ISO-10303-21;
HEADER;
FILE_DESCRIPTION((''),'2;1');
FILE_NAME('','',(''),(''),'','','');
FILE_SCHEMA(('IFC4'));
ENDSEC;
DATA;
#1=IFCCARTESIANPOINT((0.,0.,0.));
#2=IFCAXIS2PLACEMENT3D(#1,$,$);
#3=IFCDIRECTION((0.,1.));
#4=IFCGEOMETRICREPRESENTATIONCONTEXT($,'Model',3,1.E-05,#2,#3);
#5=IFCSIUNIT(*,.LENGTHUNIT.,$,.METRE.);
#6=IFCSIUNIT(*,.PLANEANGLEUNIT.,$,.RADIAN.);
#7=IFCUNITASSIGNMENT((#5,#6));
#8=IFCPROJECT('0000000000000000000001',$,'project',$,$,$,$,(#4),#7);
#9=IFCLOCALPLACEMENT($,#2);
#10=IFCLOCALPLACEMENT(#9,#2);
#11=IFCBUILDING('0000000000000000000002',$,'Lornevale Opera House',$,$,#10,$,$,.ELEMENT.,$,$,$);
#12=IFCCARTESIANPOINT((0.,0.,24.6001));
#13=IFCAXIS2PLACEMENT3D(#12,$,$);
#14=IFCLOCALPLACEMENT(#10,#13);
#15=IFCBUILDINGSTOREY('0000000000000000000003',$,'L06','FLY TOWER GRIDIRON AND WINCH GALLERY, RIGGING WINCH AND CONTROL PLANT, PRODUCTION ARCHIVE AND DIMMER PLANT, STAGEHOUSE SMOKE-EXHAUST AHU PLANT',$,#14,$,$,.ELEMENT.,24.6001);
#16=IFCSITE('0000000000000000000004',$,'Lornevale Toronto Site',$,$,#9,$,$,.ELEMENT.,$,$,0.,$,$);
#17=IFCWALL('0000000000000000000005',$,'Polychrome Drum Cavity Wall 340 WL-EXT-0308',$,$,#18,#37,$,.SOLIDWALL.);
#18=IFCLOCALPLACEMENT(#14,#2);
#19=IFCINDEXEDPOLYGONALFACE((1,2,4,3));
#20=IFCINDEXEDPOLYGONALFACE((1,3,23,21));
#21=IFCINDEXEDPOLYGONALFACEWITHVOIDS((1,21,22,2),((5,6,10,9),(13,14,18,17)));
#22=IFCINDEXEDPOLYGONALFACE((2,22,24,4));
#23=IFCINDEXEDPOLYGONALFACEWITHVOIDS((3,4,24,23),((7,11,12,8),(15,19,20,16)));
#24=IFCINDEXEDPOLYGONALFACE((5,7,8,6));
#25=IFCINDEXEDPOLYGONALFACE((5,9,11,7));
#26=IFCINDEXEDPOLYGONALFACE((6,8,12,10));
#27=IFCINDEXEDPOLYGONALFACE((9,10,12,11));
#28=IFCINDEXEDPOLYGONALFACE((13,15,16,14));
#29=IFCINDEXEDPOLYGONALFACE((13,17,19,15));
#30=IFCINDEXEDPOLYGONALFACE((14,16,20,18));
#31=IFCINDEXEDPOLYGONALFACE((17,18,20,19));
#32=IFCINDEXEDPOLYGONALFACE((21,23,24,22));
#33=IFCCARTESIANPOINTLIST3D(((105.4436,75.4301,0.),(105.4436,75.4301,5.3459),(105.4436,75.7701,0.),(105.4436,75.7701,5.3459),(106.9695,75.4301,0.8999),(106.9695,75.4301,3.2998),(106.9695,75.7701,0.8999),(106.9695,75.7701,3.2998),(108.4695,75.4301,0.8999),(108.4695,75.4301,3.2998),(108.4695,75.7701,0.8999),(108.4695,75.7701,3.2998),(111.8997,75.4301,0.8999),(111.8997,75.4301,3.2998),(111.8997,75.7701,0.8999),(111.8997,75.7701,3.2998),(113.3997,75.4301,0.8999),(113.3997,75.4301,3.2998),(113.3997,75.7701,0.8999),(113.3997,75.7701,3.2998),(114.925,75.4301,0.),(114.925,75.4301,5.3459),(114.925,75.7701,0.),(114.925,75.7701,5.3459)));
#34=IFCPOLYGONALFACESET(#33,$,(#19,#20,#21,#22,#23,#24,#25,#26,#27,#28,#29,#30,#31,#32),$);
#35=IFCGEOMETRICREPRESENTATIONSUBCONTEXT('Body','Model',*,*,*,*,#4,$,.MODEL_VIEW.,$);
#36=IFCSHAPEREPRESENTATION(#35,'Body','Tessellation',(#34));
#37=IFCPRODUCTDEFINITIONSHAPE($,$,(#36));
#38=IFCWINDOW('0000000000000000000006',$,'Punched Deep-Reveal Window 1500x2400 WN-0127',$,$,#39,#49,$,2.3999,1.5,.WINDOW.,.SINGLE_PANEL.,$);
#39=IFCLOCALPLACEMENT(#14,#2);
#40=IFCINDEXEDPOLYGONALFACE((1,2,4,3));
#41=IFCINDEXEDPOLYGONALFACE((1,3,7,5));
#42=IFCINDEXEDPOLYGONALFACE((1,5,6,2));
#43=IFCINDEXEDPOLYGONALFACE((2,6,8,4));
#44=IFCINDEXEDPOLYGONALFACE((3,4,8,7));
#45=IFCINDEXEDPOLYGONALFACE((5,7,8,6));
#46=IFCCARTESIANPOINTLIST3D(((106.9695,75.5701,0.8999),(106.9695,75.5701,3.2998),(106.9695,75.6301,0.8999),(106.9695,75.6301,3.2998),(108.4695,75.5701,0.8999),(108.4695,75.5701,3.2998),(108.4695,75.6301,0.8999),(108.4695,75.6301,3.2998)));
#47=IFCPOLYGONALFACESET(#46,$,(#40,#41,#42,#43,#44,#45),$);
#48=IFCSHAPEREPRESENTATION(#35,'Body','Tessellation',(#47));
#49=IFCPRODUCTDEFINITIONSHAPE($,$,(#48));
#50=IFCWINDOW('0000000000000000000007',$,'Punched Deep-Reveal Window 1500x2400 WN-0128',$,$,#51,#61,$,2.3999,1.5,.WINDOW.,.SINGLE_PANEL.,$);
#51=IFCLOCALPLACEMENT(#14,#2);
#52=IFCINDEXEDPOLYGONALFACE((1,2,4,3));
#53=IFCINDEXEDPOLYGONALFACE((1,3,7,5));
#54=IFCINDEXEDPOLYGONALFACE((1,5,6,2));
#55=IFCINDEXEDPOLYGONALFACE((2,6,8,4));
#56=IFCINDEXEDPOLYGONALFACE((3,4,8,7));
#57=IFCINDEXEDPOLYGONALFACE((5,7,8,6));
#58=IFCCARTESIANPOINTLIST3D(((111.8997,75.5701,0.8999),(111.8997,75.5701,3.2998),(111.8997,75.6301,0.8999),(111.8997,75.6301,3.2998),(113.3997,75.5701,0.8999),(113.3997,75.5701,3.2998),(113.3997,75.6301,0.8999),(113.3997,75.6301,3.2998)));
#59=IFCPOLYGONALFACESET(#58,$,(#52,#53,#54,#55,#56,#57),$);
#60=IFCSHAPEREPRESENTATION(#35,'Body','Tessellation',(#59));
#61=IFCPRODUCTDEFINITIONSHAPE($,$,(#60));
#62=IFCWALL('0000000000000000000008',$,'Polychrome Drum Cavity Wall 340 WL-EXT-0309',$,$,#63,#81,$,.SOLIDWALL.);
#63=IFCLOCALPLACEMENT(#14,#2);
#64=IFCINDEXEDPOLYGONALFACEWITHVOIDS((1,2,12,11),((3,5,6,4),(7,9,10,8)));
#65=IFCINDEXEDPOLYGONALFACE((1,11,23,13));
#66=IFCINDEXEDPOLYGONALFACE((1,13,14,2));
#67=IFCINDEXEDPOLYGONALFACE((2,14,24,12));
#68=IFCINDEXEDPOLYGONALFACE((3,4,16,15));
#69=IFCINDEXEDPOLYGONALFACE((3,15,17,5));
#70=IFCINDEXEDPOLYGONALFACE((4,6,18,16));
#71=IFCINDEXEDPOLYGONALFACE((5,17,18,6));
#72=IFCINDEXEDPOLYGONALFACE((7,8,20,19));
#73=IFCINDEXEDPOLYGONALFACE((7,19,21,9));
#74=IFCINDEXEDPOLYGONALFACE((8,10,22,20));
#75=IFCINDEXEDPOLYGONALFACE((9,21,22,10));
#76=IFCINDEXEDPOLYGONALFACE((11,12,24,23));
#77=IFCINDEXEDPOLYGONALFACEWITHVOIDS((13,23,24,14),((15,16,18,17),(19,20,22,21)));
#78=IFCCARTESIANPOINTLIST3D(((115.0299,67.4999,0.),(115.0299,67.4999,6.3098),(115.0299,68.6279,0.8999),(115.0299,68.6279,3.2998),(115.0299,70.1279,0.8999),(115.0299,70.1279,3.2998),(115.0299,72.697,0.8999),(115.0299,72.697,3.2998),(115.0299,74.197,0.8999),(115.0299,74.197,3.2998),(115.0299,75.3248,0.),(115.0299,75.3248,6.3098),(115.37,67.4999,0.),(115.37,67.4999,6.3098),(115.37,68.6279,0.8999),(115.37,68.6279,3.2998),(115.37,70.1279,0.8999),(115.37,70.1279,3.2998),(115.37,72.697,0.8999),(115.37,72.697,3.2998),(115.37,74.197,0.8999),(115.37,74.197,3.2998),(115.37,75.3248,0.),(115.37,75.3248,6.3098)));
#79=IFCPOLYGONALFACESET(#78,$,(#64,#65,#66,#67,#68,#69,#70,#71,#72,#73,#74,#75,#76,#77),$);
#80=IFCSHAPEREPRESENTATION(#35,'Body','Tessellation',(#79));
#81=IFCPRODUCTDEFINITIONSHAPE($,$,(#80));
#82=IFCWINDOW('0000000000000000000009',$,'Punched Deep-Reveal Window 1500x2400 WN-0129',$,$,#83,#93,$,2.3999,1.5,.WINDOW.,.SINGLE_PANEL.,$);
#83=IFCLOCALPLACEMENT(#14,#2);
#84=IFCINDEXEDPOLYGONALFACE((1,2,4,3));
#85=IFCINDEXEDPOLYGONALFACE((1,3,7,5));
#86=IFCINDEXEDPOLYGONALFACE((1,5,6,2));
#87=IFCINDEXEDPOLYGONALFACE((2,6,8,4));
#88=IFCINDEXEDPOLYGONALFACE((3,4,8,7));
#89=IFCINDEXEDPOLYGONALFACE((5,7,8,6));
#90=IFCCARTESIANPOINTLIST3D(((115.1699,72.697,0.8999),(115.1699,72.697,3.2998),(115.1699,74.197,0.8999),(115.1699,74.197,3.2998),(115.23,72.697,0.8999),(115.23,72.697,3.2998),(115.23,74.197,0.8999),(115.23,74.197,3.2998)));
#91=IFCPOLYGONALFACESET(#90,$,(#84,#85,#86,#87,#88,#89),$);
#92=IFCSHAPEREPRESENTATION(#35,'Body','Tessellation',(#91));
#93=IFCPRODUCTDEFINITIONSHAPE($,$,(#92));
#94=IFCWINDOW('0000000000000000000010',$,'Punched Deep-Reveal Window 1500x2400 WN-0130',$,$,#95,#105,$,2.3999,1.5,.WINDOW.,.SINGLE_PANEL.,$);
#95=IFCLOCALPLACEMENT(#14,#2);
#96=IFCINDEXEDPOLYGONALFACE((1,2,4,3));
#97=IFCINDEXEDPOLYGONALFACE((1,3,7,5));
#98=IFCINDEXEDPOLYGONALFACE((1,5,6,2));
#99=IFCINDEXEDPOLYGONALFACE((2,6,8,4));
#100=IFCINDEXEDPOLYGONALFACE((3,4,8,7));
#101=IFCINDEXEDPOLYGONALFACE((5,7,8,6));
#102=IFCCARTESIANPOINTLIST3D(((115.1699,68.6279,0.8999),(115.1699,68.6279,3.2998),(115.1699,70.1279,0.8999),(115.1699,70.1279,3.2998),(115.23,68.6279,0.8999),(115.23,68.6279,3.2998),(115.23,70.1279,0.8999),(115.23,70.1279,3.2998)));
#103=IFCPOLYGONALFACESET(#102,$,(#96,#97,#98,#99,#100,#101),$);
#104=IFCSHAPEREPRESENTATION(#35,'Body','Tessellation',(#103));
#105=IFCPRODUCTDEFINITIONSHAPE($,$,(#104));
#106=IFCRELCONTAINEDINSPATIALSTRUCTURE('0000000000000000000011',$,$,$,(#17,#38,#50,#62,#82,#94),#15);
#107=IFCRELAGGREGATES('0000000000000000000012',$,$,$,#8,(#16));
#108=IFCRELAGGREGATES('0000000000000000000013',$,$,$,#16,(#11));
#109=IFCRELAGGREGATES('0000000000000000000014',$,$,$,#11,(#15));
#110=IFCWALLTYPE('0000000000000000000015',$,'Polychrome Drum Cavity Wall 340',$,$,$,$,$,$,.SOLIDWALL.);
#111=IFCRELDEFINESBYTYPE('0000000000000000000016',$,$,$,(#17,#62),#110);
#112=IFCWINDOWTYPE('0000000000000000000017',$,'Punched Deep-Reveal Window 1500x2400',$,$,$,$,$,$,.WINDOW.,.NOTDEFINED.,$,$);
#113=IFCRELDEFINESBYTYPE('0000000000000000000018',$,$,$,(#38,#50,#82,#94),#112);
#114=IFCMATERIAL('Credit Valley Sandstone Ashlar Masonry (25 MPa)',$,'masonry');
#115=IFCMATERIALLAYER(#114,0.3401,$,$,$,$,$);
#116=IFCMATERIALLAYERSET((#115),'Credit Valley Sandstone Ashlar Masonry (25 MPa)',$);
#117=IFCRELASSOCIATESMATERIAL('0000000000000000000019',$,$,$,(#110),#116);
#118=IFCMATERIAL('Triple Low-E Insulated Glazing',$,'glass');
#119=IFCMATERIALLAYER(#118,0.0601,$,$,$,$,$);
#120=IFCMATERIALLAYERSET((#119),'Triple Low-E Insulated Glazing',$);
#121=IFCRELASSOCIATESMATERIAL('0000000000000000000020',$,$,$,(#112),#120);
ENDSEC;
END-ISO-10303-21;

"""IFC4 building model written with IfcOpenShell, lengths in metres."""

from ifc_helpers import new_model, si_unit, direction, frame, frame_2d, origin, place, context, subcontext, project, spatial, rectangle, extrude, material, layer, layer_set, type_object, element, fill, save


model = new_model("IFC4")

# Units and contexts
model_context = context("Model", 3, precision=1e-05, world=origin(), true_north=direction((0.0, 1.0)))
body_context = subcontext(model_context, "Body", "Model", "MODEL_VIEW")
ifc_project = project(units=[si_unit("LENGTHUNIT", "METRE"), si_unit("PLANEANGLEUNIT", "RADIAN")], contexts=[model_context])

# Site, building, storey
site_placement = place(None, origin())
site = spatial("IfcSite", under=ifc_project, at=site_placement, Name="Lornevale Toronto Site", CompositionType="ELEMENT", RefElevation=0.0)
building_placement = place(site_placement, origin())
building = spatial("IfcBuilding", under=site, at=building_placement, Name="Lornevale Opera House", CompositionType="ELEMENT")
storey_placement = place(building_placement, frame((0.0, 0.0, 24.6001)))
storey = spatial("IfcBuildingStorey", under=building, at=storey_placement, Name="L06", Description="FLY TOWER GRIDIRON AND WINCH GALLERY, RIGGING WINCH AND CONTROL PLANT, PRODUCTION ARCHIVE AND DIMMER PLANT, STAGEHOUSE SMOKE-EXHAUST AHU PLANT", CompositionType="ELEMENT", Elevation=24.6001)

# Shared definitions
ifc_material_1 = material(Name="Credit Valley Sandstone Ashlar Masonry (25 MPa)", Category="masonry")
ifc_layer_1 = layer(ifc_material_1, 0.3401)
ifc_layer_set_1 = layer_set([ifc_layer_1], Name="Credit Valley Sandstone Ashlar Masonry (25 MPa)")
wall_type_1 = type_object("IfcWallType", Name="Polychrome Drum Cavity Wall 340", PredefinedType="SOLIDWALL", material=ifc_layer_set_1)
ifc_material_2 = material(Name="Triple Low-E Insulated Glazing", Category="glass")

# Walls, openings, windows
wall_1_placement = place(storey_placement, frame((105.4436, 75.6001, 0.0), z_axis=(0.0, 0.0, 1.0), x_axis=(1.0, 0.0, 0.0)))
wall_1 = element("IfcWall", 1, at=wall_1_placement, inside=storey, type_object=wall_type_1, Name="Polychrome Drum Cavity Wall 340 WL-EXT-0308", PredefinedType="SOLIDWALL", context=body_context, shape_type="SweptSolid", body=[
    extrude(rectangle(XDim=9.4814, YDim=0.3401, at=frame_2d((4.7407, 0.0))), origin(), (0.0, 0.0, 1.0), 5.3459),
])
opening_1_placement = place(wall_1_placement, frame((1.5259, 0.0, 0.8999)))
opening_1 = element("IfcOpeningElement", 2, at=opening_1_placement, cuts=wall_1, PredefinedType="OPENING", context=body_context, shape_type="SweptSolid", body=[
    extrude(rectangle(XDim=1.5, YDim=2.3999, at=frame_2d((0.75, 1.2))), frame((0.0, 0.1799, 0.0), z_axis=(0.0, -1.0, 0.0), x_axis=(1.0, 0.0, 0.0)), (0.0, 0.0, 1.0), 0.3601),
])
opening_2_placement = place(wall_1_placement, frame((6.4561, 0.0, 0.8999)))
opening_2 = element("IfcOpeningElement", 3, at=opening_2_placement, cuts=wall_1, PredefinedType="OPENING", context=body_context, shape_type="SweptSolid", body=[
    extrude(rectangle(XDim=1.5, YDim=2.3999, at=frame_2d((0.75, 1.2))), frame((0.0, 0.1799, 0.0), z_axis=(0.0, -1.0, 0.0), x_axis=(1.0, 0.0, 0.0)), (0.0, 0.0, 1.0), 0.3601),
])
ifc_layer_2 = layer(ifc_material_2, 0.0601)
ifc_layer_set_2 = layer_set([ifc_layer_2], Name="Triple Low-E Insulated Glazing")
window_type_1 = type_object("IfcWindowType", Name="Punched Deep-Reveal Window 1500x2400", PartitioningType="NOTDEFINED", PredefinedType="WINDOW", material=ifc_layer_set_2)
window_1_placement = place(opening_1_placement, origin())
window_1 = element("IfcWindow", 4, at=window_1_placement, inside=storey, type_object=window_type_1, Name="Punched Deep-Reveal Window 1500x2400 WN-0127", OverallHeight=2.3999, OverallWidth=1.5, PartitioningType="SINGLE_PANEL", PredefinedType="WINDOW", context=body_context, shape_type="SweptSolid", body=[
    extrude(rectangle(XDim=1.5, YDim=2.3999, at=frame_2d((0.75, 1.2))), frame((0.0, 0.03, 0.0), z_axis=(0.0, -1.0, 0.0), x_axis=(1.0, 0.0, 0.0)), (0.0, 0.0, 1.0), 0.0601),
])
fill(opening_1, window_1)
window_2_placement = place(opening_2_placement, origin())
window_2 = element("IfcWindow", 5, at=window_2_placement, inside=storey, type_object=window_type_1, Name="Punched Deep-Reveal Window 1500x2400 WN-0128", OverallHeight=2.3999, OverallWidth=1.5, PartitioningType="SINGLE_PANEL", PredefinedType="WINDOW", context=body_context, shape_type="SweptSolid", body=[
    extrude(rectangle(XDim=1.5, YDim=2.3999, at=frame_2d((0.75, 1.2))), frame((0.0, 0.03, 0.0), z_axis=(0.0, -1.0, 0.0), x_axis=(1.0, 0.0, 0.0)), (0.0, 0.0, 1.0), 0.0601),
])
fill(opening_2, window_2)
wall_2_placement = place(storey_placement, frame((115.2, 75.325, 0.0), z_axis=(0.0, 0.0, 1.0), x_axis=(0.0, -1.0, 0.0)))
wall_2 = element("IfcWall", 6, at=wall_2_placement, inside=storey, type_object=wall_type_1, Name="Polychrome Drum Cavity Wall 340 WL-EXT-0309", PredefinedType="SOLIDWALL", context=body_context, shape_type="SweptSolid", body=[
    extrude(rectangle(XDim=7.825, YDim=0.3401, at=frame_2d((3.9126, 0.0))), origin(), (0.0, 0.0, 1.0), 6.3098),
])
opening_3_placement = place(wall_2_placement, frame((1.1279, 0.0, 0.8999)))
opening_3 = element("IfcOpeningElement", 7, at=opening_3_placement, cuts=wall_2, PredefinedType="OPENING", context=body_context, shape_type="SweptSolid", body=[
    extrude(rectangle(XDim=1.5, YDim=2.3999, at=frame_2d((0.75, 1.2))), frame((0.0, 0.1799, 0.0), z_axis=(0.0, -1.0, 0.0), x_axis=(1.0, 0.0, 0.0)), (0.0, 0.0, 1.0), 0.3601),
])
opening_4_placement = place(wall_2_placement, frame((5.197, 0.0, 0.8999)))
opening_4 = element("IfcOpeningElement", 8, at=opening_4_placement, cuts=wall_2, PredefinedType="OPENING", context=body_context, shape_type="SweptSolid", body=[
    extrude(rectangle(XDim=1.5, YDim=2.3999, at=frame_2d((0.75, 1.2))), frame((0.0, 0.1799, 0.0), z_axis=(0.0, -1.0, 0.0), x_axis=(1.0, 0.0, 0.0)), (0.0, 0.0, 1.0), 0.3601),
])
window_3_placement = place(opening_3_placement, origin())
window_3 = element("IfcWindow", 9, at=window_3_placement, inside=storey, type_object=window_type_1, Name="Punched Deep-Reveal Window 1500x2400 WN-0129", OverallHeight=2.3999, OverallWidth=1.5, PartitioningType="SINGLE_PANEL", PredefinedType="WINDOW", context=body_context, shape_type="SweptSolid", body=[
    extrude(rectangle(XDim=1.5, YDim=2.3999, at=frame_2d((0.75, 1.2))), frame((0.0, 0.03, 0.0), z_axis=(0.0, -1.0, 0.0), x_axis=(1.0, 0.0, 0.0)), (0.0, 0.0, 1.0), 0.0601),
])
fill(opening_3, window_3)
window_4_placement = place(opening_4_placement, origin())
window_4 = element("IfcWindow", 10, at=window_4_placement, inside=storey, type_object=window_type_1, Name="Punched Deep-Reveal Window 1500x2400 WN-0130", OverallHeight=2.3999, OverallWidth=1.5, PartitioningType="SINGLE_PANEL", PredefinedType="WINDOW", context=body_context, shape_type="SweptSolid", body=[
    extrude(rectangle(XDim=1.5, YDim=2.3999, at=frame_2d((0.75, 1.2))), frame((0.0, 0.03, 0.0), z_axis=(0.0, -1.0, 0.0), x_axis=(1.0, 0.0, 0.0)), (0.0, 0.0, 1.0), 0.0601),
])
fill(opening_4, window_4)

save(model, "model.ifc")
